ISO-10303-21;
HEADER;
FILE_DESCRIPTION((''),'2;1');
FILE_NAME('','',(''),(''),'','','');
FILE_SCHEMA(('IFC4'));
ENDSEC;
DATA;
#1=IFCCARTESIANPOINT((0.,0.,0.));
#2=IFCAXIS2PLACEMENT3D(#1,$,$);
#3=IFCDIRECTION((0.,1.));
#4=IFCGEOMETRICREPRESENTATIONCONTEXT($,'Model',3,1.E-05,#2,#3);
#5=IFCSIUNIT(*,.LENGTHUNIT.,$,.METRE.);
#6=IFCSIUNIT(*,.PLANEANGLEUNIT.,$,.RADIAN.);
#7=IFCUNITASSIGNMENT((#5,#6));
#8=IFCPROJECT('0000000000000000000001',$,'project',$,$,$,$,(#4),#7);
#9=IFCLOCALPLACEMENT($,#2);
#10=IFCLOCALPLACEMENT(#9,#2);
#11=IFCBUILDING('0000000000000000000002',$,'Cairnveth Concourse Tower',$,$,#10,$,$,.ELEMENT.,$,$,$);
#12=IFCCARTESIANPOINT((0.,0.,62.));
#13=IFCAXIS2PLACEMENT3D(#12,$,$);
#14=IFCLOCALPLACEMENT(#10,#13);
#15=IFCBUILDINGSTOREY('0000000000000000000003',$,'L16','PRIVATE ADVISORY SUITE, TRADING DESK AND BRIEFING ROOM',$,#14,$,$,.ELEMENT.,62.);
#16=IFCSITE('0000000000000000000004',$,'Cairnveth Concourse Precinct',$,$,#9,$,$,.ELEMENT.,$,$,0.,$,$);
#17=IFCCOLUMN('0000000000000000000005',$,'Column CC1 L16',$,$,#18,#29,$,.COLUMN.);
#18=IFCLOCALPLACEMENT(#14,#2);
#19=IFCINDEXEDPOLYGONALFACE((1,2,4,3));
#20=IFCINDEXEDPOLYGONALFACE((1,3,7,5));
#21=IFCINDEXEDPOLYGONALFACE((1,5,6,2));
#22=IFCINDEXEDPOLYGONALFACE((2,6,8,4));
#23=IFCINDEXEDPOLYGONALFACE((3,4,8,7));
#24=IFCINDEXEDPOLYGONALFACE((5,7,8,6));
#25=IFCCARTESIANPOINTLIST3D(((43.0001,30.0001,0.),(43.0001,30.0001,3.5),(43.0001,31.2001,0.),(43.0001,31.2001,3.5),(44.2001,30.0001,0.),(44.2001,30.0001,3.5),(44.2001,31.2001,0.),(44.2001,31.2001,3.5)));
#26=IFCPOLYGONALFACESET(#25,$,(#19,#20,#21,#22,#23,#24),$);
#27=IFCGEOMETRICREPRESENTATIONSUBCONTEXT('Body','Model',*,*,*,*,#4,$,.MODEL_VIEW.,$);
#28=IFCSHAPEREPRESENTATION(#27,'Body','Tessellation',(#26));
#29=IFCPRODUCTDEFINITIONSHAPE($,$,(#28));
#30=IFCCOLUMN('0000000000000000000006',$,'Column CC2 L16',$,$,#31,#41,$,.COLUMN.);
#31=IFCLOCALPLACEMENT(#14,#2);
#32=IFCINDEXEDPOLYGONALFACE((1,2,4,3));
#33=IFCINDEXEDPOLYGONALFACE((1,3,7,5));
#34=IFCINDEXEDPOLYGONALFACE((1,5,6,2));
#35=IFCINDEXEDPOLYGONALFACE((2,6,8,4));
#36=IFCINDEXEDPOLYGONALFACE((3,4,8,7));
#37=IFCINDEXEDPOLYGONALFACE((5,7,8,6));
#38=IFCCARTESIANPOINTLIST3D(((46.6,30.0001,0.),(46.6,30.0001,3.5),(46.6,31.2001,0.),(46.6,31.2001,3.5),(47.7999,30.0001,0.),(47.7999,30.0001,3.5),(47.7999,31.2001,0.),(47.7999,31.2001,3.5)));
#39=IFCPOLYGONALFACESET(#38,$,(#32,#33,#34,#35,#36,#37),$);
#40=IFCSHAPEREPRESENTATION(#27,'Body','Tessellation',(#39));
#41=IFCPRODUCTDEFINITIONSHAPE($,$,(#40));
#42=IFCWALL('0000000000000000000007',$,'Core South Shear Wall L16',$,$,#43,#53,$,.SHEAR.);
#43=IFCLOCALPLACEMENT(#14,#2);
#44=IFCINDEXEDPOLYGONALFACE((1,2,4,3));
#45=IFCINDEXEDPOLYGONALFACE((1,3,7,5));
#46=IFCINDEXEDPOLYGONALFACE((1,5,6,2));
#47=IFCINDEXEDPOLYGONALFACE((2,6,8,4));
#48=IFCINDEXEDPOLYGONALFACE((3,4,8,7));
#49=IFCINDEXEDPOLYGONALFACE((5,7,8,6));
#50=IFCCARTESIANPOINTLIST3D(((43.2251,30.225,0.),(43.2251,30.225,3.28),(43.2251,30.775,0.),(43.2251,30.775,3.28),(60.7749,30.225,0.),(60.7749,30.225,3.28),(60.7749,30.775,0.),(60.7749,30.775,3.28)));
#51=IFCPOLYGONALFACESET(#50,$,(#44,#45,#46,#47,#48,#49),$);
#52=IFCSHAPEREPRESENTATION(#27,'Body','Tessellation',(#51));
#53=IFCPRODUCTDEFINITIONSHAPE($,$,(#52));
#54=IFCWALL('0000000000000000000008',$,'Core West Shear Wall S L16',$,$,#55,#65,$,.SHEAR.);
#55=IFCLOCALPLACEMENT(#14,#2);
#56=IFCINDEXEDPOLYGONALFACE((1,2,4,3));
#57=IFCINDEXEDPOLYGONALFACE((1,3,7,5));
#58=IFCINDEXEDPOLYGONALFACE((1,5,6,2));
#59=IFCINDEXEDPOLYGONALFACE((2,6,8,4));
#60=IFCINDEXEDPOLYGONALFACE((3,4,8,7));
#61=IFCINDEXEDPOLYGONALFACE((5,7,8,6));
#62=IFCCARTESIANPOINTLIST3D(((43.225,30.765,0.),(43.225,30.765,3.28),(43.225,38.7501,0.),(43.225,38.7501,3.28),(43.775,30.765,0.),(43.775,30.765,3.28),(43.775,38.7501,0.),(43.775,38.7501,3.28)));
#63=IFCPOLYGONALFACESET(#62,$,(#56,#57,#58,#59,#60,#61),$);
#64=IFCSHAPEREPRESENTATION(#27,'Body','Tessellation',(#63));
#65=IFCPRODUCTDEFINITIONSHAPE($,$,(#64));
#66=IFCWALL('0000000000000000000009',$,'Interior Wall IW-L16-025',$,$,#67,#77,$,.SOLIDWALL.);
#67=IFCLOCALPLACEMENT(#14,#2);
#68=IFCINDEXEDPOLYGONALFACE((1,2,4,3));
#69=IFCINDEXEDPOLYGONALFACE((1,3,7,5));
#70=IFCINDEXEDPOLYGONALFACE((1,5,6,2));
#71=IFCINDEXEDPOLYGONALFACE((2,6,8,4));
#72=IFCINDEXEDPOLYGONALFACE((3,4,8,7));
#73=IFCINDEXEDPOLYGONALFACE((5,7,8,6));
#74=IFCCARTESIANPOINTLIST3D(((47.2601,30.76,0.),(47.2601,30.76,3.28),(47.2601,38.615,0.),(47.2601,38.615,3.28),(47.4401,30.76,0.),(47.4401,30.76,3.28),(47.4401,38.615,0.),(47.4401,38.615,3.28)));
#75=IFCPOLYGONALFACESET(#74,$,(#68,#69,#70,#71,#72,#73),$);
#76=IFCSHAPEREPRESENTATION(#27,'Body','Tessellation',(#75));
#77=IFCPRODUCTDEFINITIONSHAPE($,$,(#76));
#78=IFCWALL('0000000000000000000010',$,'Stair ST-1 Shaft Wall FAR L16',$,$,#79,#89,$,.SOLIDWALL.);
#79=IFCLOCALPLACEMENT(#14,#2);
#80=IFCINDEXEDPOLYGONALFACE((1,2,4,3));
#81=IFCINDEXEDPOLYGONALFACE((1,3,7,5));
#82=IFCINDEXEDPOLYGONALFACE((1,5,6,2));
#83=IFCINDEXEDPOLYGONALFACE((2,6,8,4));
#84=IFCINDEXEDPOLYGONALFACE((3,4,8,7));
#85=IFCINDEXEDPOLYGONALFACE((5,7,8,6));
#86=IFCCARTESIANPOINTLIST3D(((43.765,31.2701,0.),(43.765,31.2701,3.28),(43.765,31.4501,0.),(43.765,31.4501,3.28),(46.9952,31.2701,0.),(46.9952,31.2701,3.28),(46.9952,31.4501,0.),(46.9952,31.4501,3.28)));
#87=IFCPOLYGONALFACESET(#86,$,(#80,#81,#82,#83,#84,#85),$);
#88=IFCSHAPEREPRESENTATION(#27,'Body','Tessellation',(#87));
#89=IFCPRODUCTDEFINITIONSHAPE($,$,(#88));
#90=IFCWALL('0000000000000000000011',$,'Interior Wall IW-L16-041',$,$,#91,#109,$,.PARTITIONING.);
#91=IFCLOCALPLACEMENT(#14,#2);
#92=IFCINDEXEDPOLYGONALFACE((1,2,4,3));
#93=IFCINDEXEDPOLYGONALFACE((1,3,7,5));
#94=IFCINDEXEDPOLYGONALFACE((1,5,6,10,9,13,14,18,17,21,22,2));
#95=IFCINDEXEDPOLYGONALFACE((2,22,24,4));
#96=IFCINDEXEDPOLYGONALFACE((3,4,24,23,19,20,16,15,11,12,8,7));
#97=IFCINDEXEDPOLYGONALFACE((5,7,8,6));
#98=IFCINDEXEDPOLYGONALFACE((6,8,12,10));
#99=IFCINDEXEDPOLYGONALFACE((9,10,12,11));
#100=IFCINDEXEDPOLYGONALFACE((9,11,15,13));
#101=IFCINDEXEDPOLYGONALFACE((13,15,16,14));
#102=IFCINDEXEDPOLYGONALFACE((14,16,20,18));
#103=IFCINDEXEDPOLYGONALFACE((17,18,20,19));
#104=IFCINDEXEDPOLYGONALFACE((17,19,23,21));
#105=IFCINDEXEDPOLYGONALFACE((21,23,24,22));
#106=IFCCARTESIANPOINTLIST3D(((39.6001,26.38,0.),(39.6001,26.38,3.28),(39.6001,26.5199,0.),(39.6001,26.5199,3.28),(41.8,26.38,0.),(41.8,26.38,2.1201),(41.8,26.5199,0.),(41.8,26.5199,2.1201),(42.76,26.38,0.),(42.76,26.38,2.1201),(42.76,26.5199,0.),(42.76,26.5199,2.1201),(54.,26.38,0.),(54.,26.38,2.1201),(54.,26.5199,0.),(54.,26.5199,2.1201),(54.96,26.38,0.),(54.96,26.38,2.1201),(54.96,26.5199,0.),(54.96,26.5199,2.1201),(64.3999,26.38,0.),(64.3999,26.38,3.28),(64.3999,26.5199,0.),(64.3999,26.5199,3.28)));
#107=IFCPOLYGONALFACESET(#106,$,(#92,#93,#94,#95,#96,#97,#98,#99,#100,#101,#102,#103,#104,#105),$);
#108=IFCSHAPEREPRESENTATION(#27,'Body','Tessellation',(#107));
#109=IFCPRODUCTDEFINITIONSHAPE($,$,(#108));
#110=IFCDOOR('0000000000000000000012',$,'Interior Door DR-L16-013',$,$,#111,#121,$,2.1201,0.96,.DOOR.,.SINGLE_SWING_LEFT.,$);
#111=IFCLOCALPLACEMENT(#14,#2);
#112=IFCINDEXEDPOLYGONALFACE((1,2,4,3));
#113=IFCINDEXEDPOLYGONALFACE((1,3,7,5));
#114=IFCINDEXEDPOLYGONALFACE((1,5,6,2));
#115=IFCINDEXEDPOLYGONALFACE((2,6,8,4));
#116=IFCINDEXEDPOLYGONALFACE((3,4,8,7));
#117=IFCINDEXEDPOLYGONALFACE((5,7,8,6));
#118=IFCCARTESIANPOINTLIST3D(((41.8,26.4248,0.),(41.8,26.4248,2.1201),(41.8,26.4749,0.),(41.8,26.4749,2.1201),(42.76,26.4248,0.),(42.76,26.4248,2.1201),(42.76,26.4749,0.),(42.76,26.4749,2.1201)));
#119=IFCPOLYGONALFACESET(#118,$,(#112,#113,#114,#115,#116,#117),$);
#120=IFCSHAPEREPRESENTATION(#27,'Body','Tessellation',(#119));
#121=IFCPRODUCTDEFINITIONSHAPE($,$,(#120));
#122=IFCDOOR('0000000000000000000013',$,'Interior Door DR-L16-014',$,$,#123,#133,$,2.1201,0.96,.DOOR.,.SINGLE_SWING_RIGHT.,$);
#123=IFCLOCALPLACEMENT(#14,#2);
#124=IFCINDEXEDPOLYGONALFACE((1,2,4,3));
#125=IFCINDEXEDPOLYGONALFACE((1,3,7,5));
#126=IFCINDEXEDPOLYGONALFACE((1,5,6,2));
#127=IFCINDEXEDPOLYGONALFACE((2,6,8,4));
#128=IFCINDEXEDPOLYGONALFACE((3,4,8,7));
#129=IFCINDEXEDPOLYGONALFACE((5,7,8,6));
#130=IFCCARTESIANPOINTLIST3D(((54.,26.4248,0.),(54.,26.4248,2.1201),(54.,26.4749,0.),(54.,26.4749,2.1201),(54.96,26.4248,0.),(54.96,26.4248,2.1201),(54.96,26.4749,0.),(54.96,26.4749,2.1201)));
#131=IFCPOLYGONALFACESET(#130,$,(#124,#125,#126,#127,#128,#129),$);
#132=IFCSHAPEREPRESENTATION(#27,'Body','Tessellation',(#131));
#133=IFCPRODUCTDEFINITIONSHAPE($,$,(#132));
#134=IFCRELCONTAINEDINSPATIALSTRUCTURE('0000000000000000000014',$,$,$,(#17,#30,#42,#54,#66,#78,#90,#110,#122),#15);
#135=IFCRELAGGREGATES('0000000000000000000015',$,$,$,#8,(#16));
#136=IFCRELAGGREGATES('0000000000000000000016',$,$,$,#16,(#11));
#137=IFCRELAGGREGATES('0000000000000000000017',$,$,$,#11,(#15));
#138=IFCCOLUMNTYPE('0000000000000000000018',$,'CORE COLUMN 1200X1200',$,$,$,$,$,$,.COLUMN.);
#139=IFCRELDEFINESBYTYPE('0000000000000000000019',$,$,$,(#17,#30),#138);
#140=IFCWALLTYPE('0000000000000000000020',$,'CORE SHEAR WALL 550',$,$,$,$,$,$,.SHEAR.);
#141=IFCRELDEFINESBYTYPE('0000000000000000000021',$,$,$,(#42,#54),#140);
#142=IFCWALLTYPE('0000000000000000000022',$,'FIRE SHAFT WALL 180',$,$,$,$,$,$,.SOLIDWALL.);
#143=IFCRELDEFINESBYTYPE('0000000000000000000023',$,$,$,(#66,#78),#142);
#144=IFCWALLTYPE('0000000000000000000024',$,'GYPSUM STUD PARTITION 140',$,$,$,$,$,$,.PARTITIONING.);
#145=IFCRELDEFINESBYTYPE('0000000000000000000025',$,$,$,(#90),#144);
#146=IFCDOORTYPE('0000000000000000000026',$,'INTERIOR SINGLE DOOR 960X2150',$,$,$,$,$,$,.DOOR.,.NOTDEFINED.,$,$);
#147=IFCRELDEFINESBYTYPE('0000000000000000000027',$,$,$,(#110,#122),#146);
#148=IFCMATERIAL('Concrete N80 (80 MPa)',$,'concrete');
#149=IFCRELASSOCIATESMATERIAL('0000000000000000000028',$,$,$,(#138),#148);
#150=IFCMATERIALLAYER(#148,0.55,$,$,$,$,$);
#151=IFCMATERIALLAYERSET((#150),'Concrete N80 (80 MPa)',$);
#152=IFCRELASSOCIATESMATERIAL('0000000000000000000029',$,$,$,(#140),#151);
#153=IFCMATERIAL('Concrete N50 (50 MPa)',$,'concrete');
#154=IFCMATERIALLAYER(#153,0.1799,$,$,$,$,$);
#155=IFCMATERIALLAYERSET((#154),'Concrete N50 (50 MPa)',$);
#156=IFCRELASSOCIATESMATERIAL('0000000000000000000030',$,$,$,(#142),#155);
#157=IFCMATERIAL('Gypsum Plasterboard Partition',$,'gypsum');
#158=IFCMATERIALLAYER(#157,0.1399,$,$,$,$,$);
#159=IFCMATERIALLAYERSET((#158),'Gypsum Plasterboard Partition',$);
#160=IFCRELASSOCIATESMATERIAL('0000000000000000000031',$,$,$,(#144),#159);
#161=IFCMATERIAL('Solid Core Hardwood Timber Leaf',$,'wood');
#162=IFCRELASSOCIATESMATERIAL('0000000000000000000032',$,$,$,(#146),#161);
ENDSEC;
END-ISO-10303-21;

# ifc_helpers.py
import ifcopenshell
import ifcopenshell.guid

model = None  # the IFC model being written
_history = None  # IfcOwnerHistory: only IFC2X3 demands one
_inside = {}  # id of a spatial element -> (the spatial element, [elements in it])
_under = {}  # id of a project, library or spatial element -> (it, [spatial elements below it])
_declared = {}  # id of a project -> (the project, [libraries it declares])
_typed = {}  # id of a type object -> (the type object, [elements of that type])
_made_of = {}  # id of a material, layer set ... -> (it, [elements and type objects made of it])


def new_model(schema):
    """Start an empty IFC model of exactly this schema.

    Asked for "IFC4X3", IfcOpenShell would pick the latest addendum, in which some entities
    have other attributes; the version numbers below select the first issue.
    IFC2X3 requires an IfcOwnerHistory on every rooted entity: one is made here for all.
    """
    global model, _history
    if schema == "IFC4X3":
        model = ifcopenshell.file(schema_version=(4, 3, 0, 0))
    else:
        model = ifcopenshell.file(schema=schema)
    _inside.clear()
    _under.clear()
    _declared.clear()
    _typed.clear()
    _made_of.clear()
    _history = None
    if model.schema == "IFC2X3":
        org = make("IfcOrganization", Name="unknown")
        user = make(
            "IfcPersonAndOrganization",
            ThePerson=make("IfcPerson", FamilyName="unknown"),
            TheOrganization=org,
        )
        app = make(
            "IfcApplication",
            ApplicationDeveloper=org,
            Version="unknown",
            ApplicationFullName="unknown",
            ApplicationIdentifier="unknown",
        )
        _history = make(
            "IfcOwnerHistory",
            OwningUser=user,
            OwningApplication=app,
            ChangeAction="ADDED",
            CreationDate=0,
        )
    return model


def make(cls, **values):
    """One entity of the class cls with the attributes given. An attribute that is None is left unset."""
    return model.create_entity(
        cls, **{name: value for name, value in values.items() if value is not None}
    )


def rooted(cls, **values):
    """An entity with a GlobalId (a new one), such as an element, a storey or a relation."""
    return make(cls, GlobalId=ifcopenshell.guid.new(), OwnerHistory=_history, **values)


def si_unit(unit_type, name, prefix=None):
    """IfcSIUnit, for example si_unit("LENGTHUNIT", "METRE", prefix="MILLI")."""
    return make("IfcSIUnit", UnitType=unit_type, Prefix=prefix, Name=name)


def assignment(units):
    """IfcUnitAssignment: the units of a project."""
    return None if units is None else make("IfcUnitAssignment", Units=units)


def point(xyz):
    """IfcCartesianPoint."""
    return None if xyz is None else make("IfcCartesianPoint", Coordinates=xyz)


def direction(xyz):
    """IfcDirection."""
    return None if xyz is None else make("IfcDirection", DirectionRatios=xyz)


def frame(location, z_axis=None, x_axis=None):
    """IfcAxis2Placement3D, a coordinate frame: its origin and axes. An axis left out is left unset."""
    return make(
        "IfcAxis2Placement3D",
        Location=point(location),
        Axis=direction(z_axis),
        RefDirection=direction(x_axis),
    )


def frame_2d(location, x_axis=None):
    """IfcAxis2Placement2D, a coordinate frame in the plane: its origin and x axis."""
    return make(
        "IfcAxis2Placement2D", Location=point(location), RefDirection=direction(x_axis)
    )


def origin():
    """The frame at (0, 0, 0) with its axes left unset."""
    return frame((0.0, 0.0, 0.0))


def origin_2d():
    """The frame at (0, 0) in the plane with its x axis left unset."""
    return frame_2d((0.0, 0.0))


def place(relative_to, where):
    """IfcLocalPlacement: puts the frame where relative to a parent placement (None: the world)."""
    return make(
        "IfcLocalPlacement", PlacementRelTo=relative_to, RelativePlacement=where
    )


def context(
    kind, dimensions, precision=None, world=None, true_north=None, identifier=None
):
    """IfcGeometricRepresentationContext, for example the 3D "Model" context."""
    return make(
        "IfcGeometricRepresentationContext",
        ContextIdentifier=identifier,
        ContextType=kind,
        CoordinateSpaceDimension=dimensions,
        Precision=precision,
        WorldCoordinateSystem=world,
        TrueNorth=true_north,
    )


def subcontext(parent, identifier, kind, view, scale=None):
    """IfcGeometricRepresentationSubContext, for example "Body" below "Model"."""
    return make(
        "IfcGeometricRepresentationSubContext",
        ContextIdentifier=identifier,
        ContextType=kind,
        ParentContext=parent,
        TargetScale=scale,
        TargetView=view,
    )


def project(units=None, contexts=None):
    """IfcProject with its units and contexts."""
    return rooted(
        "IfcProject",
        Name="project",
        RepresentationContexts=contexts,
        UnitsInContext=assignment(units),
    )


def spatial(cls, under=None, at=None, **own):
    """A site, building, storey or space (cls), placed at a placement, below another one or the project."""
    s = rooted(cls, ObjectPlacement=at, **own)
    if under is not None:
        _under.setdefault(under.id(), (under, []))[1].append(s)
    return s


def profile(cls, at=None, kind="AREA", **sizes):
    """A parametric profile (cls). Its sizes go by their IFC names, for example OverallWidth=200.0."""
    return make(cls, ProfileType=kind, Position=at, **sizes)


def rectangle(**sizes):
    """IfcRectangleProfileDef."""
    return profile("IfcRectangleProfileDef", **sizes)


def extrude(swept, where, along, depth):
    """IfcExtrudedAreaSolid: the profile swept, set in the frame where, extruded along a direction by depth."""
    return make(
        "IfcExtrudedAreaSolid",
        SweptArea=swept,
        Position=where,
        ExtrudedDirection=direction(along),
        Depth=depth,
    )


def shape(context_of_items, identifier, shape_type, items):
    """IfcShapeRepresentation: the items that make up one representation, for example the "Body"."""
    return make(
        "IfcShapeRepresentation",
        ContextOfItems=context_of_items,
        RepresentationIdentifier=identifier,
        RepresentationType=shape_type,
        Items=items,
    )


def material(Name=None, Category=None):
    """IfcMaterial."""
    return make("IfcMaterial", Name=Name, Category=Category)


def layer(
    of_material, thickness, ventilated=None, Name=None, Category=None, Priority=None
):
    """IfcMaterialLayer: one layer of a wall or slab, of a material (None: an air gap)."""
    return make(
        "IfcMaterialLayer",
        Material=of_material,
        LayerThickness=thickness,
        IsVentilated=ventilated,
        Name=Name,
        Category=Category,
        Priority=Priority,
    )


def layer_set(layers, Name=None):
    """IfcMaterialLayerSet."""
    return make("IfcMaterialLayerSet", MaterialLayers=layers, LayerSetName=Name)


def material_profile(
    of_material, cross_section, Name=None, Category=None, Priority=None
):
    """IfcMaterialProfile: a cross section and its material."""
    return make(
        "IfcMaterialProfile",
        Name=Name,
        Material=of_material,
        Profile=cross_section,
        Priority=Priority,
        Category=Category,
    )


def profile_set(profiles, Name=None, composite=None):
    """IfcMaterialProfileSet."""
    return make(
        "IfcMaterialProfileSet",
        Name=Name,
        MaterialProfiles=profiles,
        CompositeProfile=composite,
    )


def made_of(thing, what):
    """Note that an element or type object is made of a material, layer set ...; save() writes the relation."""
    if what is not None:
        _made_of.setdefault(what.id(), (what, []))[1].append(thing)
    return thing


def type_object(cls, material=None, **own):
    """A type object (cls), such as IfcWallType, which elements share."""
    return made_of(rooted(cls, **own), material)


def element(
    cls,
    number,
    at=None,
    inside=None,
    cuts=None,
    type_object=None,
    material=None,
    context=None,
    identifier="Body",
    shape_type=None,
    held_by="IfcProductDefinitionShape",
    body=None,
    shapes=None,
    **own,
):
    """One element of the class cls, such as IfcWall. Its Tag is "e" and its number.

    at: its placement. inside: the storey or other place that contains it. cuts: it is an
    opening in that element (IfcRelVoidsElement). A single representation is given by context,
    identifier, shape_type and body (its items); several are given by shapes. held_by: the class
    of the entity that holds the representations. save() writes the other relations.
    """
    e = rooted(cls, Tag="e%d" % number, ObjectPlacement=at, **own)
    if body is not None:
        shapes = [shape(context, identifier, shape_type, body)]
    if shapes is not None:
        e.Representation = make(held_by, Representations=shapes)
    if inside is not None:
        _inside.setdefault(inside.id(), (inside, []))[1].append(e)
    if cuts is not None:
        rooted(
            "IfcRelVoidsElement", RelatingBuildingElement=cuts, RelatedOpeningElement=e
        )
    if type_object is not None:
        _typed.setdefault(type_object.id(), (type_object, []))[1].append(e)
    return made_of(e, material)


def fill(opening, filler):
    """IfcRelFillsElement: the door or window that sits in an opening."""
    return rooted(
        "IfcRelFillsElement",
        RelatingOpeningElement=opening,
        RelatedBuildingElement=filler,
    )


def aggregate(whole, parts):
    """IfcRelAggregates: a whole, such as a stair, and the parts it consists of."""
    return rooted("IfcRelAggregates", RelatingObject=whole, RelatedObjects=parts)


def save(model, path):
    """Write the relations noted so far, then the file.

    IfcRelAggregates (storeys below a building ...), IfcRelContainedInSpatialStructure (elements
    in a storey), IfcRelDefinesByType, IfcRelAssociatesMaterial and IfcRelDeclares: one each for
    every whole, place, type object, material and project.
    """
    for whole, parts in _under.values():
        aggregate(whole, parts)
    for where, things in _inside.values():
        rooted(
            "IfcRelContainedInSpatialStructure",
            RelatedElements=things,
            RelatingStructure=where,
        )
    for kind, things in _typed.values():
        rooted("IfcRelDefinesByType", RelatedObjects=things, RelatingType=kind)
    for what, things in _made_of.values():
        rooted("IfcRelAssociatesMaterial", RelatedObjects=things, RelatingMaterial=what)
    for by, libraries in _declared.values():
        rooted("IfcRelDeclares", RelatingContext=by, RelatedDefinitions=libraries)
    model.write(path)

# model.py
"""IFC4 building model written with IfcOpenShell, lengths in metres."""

from ifc_helpers import new_model, si_unit, direction, frame, frame_2d, origin, origin_2d, place, context, subcontext, project, spatial, rectangle, extrude, material, layer, layer_set, material_profile, profile_set, type_object, element, fill, save


model = new_model("IFC4")

# Units and contexts
model_context = context("Model", 3, precision=1e-05, world=origin(), true_north=direction((0.0, 1.0)))
body_context = subcontext(model_context, "Body", "Model", "MODEL_VIEW")
ifc_project = project(units=[si_unit("LENGTHUNIT", "METRE"), si_unit("PLANEANGLEUNIT", "RADIAN")], contexts=[model_context])

# Site, building, storey
site_placement = place(None, origin())
site = spatial("IfcSite", under=ifc_project, at=site_placement, Name="Cairnveth Concourse Precinct", CompositionType="ELEMENT", RefElevation=0.0)
building_placement = place(site_placement, origin())
building = spatial("IfcBuilding", under=site, at=building_placement, Name="Cairnveth Concourse Tower", CompositionType="ELEMENT")
storey_placement = place(building_placement, frame((0.0, 0.0, 62.0)))
storey = spatial("IfcBuildingStorey", under=building, at=storey_placement, Name="L16", Description="PRIVATE ADVISORY SUITE, TRADING DESK AND BRIEFING ROOM", CompositionType="ELEMENT", Elevation=62.0)

# Columns
ifc_material_1 = material(Name="Concrete N80 (80 MPa)", Category="concrete")
ifc_material_profile = material_profile(ifc_material_1, rectangle(XDim=1.2, YDim=1.2, at=origin_2d()), Name="RC-COL-1200x1200")
ifc_profile_set = profile_set([ifc_material_profile], Name="Concrete N80 (80 MPa)")
column_type = type_object("IfcColumnType", Name="CORE COLUMN 1200X1200", PredefinedType="COLUMN", material=ifc_profile_set)
for number, where, z_axis, x_axis, name in (
    (1, (43.6001, 30.6001, 0.0), (0.0, 0.0, 1.0), (1.0, 0.0, 0.0), "Column CC1 L16"),
    (2, (47.2, 30.6001, 0.0), (0.0, 0.0, 1.0), (1.0, 0.0, 0.0), "Column CC2 L16"),
):
    element("IfcColumn", number, at=place(storey_placement, frame(where, z_axis=z_axis, x_axis=x_axis)), inside=storey, type_object=column_type, Name=name, PredefinedType="COLUMN", context=body_context, shape_type="SweptSolid", body=[
        extrude(rectangle(XDim=1.2, YDim=1.2, at=origin_2d()), origin(), (0.0, 0.0, 1.0), 3.5),
    ])

# Walls
ifc_layer_1 = layer(ifc_material_1, 0.55)
ifc_layer_set_1 = layer_set([ifc_layer_1], Name="Concrete N80 (80 MPa)")
wall_type_1 = type_object("IfcWallType", Name="CORE SHEAR WALL 550", PredefinedType="SHEAR", material=ifc_layer_set_1)
wall_1_placement = place(storey_placement, frame((43.2251, 30.5, 0.0), z_axis=(0.0, 0.0, 1.0), x_axis=(1.0, 0.0, 0.0)))
element("IfcWall", 3, at=wall_1_placement, inside=storey, type_object=wall_type_1, Name="Core South Shear Wall L16", PredefinedType="SHEAR", context=body_context, shape_type="SweptSolid", body=[
    extrude(rectangle(XDim=17.5498, YDim=0.55, at=frame_2d((8.7749, 0.0))), origin(), (0.0, 0.0, 1.0), 3.28),
])
wall_2_placement = place(storey_placement, frame((43.5, 30.7649, 0.0), z_axis=(0.0, 0.0, 1.0), x_axis=(0.0, 1.0, 0.0)))
element("IfcWall", 4, at=wall_2_placement, inside=storey, type_object=wall_type_1, Name="Core West Shear Wall S L16", PredefinedType="SHEAR", context=body_context, shape_type="SweptSolid", body=[
    extrude(rectangle(XDim=7.9851, YDim=0.55, at=frame_2d((3.9927, 0.0))), origin(), (0.0, 0.0, 1.0), 3.28),
])
ifc_material_2 = material(Name="Concrete N50 (50 MPa)", Category="concrete")
ifc_layer_2 = layer(ifc_material_2, 0.1799)
ifc_layer_set_2 = layer_set([ifc_layer_2], Name="Concrete N50 (50 MPa)")
wall_type_2 = type_object("IfcWallType", Name="FIRE SHAFT WALL 180", PredefinedType="SOLIDWALL", material=ifc_layer_set_2)
wall_3_placement = place(storey_placement, frame((47.3501, 30.76, 0.0), z_axis=(0.0, 0.0, 1.0), x_axis=(0.0, 1.0, 0.0)))
element("IfcWall", 5, at=wall_3_placement, inside=storey, type_object=wall_type_2, Name="Interior Wall IW-L16-025", PredefinedType="SOLIDWALL", context=body_context, shape_type="SweptSolid", body=[
    extrude(rectangle(XDim=7.855, YDim=0.1799, at=frame_2d((3.9275, 0.0))), origin(), (0.0, 0.0, 1.0), 3.28),
])
wall_4_placement = place(storey_placement, frame((43.7649, 31.3601, 0.0), z_axis=(0.0, 0.0, 1.0), x_axis=(1.0, 0.0, 0.0)))
element("IfcWall", 6, at=wall_4_placement, inside=storey, type_object=wall_type_2, Name="Stair ST-1 Shaft Wall FAR L16", PredefinedType="SOLIDWALL", context=body_context, shape_type="SweptSolid", body=[
    extrude(rectangle(XDim=3.2302, YDim=0.1799, at=frame_2d((1.6152, 0.0))), origin(), (0.0, 0.0, 1.0), 3.28),
])

# Wall, openings, doors
ifc_material_3 = material(Name="Gypsum Plasterboard Partition", Category="gypsum")
ifc_layer_3 = layer(ifc_material_3, 0.1399)
ifc_layer_set_3 = layer_set([ifc_layer_3], Name="Gypsum Plasterboard Partition")
wall_type_3 = type_object("IfcWallType", Name="GYPSUM STUD PARTITION 140", PredefinedType="PARTITIONING", material=ifc_layer_set_3)
wall_5_placement = place(storey_placement, frame((39.6001, 26.45, 0.0), z_axis=(0.0, 0.0, 1.0), x_axis=(1.0, 0.0, 0.0)))
wall_5 = element("IfcWall", 7, at=wall_5_placement, inside=storey, type_object=wall_type_3, Name="Interior Wall IW-L16-041", PredefinedType="PARTITIONING", context=body_context, shape_type="SweptSolid", body=[
    extrude(rectangle(XDim=24.7998, YDim=0.1399, at=frame_2d((12.3999, 0.0))), origin(), (0.0, 0.0, 1.0), 3.28),
])
opening_1_placement = place(wall_5_placement, frame((2.2, 0.0, 0.0)))
opening_1 = element("IfcOpeningElement", 8, at=opening_1_placement, cuts=wall_5, PredefinedType="OPENING", context=body_context, shape_type="SweptSolid", body=[
    extrude(rectangle(XDim=0.96, YDim=2.1201, at=frame_2d((0.48, 1.0601))), frame((0.0, 0.0798, 0.0), z_axis=(0.0, -1.0, 0.0), x_axis=(1.0, 0.0, 0.0)), (0.0, 0.0, 1.0), 0.1599),
])
opening_2_placement = place(wall_5_placement, frame((14.3999, 0.0, 0.0)))
opening_2 = element("IfcOpeningElement", 9, at=opening_2_placement, cuts=wall_5, PredefinedType="OPENING", context=body_context, shape_type="SweptSolid", body=[
    extrude(rectangle(XDim=0.96, YDim=2.1201, at=frame_2d((0.48, 1.0601))), frame((0.0, 0.0798, 0.0), z_axis=(0.0, -1.0, 0.0), x_axis=(1.0, 0.0, 0.0)), (0.0, 0.0, 1.0), 0.1599),
])
ifc_material_4 = material(Name="Solid Core Hardwood Timber Leaf", Category="wood")
door_type_1 = type_object("IfcDoorType", Name="INTERIOR SINGLE DOOR 960X2150", OperationType="NOTDEFINED", PredefinedType="DOOR", material=ifc_material_4)
door_1_placement = place(opening_1_placement, origin())
door_1 = element("IfcDoor", 10, at=door_1_placement, inside=storey, type_object=door_type_1, Name="Interior Door DR-L16-013", OperationType="SINGLE_SWING_LEFT", OverallHeight=2.1201, OverallWidth=0.96, PredefinedType="DOOR", context=body_context, shape_type="SweptSolid", body=[
    extrude(rectangle(XDim=0.96, YDim=2.1201, at=frame_2d((0.48, 1.0601))), frame((0.0, 0.0249, 0.0), z_axis=(0.0, -1.0, 0.0), x_axis=(1.0, 0.0, 0.0)), (0.0, 0.0, 1.0), 0.05),
])
fill(opening_1, door_1)
door_2_placement = place(opening_2_placement, origin())
door_2 = element("IfcDoor", 11, at=door_2_placement, inside=storey, type_object=door_type_1, Name="Interior Door DR-L16-014", OperationType="SINGLE_SWING_RIGHT", OverallHeight=2.1201, OverallWidth=0.96, PredefinedType="DOOR", context=body_context, shape_type="SweptSolid", body=[
    extrude(rectangle(XDim=0.96, YDim=2.1201, at=frame_2d((0.48, 1.0601))), frame((0.0, 0.0249, 0.0), z_axis=(0.0, -1.0, 0.0), x_axis=(1.0, 0.0, 0.0)), (0.0, 0.0, 1.0), 0.05),
])
fill(opening_2, door_2)

save(model, "model.ifc")
